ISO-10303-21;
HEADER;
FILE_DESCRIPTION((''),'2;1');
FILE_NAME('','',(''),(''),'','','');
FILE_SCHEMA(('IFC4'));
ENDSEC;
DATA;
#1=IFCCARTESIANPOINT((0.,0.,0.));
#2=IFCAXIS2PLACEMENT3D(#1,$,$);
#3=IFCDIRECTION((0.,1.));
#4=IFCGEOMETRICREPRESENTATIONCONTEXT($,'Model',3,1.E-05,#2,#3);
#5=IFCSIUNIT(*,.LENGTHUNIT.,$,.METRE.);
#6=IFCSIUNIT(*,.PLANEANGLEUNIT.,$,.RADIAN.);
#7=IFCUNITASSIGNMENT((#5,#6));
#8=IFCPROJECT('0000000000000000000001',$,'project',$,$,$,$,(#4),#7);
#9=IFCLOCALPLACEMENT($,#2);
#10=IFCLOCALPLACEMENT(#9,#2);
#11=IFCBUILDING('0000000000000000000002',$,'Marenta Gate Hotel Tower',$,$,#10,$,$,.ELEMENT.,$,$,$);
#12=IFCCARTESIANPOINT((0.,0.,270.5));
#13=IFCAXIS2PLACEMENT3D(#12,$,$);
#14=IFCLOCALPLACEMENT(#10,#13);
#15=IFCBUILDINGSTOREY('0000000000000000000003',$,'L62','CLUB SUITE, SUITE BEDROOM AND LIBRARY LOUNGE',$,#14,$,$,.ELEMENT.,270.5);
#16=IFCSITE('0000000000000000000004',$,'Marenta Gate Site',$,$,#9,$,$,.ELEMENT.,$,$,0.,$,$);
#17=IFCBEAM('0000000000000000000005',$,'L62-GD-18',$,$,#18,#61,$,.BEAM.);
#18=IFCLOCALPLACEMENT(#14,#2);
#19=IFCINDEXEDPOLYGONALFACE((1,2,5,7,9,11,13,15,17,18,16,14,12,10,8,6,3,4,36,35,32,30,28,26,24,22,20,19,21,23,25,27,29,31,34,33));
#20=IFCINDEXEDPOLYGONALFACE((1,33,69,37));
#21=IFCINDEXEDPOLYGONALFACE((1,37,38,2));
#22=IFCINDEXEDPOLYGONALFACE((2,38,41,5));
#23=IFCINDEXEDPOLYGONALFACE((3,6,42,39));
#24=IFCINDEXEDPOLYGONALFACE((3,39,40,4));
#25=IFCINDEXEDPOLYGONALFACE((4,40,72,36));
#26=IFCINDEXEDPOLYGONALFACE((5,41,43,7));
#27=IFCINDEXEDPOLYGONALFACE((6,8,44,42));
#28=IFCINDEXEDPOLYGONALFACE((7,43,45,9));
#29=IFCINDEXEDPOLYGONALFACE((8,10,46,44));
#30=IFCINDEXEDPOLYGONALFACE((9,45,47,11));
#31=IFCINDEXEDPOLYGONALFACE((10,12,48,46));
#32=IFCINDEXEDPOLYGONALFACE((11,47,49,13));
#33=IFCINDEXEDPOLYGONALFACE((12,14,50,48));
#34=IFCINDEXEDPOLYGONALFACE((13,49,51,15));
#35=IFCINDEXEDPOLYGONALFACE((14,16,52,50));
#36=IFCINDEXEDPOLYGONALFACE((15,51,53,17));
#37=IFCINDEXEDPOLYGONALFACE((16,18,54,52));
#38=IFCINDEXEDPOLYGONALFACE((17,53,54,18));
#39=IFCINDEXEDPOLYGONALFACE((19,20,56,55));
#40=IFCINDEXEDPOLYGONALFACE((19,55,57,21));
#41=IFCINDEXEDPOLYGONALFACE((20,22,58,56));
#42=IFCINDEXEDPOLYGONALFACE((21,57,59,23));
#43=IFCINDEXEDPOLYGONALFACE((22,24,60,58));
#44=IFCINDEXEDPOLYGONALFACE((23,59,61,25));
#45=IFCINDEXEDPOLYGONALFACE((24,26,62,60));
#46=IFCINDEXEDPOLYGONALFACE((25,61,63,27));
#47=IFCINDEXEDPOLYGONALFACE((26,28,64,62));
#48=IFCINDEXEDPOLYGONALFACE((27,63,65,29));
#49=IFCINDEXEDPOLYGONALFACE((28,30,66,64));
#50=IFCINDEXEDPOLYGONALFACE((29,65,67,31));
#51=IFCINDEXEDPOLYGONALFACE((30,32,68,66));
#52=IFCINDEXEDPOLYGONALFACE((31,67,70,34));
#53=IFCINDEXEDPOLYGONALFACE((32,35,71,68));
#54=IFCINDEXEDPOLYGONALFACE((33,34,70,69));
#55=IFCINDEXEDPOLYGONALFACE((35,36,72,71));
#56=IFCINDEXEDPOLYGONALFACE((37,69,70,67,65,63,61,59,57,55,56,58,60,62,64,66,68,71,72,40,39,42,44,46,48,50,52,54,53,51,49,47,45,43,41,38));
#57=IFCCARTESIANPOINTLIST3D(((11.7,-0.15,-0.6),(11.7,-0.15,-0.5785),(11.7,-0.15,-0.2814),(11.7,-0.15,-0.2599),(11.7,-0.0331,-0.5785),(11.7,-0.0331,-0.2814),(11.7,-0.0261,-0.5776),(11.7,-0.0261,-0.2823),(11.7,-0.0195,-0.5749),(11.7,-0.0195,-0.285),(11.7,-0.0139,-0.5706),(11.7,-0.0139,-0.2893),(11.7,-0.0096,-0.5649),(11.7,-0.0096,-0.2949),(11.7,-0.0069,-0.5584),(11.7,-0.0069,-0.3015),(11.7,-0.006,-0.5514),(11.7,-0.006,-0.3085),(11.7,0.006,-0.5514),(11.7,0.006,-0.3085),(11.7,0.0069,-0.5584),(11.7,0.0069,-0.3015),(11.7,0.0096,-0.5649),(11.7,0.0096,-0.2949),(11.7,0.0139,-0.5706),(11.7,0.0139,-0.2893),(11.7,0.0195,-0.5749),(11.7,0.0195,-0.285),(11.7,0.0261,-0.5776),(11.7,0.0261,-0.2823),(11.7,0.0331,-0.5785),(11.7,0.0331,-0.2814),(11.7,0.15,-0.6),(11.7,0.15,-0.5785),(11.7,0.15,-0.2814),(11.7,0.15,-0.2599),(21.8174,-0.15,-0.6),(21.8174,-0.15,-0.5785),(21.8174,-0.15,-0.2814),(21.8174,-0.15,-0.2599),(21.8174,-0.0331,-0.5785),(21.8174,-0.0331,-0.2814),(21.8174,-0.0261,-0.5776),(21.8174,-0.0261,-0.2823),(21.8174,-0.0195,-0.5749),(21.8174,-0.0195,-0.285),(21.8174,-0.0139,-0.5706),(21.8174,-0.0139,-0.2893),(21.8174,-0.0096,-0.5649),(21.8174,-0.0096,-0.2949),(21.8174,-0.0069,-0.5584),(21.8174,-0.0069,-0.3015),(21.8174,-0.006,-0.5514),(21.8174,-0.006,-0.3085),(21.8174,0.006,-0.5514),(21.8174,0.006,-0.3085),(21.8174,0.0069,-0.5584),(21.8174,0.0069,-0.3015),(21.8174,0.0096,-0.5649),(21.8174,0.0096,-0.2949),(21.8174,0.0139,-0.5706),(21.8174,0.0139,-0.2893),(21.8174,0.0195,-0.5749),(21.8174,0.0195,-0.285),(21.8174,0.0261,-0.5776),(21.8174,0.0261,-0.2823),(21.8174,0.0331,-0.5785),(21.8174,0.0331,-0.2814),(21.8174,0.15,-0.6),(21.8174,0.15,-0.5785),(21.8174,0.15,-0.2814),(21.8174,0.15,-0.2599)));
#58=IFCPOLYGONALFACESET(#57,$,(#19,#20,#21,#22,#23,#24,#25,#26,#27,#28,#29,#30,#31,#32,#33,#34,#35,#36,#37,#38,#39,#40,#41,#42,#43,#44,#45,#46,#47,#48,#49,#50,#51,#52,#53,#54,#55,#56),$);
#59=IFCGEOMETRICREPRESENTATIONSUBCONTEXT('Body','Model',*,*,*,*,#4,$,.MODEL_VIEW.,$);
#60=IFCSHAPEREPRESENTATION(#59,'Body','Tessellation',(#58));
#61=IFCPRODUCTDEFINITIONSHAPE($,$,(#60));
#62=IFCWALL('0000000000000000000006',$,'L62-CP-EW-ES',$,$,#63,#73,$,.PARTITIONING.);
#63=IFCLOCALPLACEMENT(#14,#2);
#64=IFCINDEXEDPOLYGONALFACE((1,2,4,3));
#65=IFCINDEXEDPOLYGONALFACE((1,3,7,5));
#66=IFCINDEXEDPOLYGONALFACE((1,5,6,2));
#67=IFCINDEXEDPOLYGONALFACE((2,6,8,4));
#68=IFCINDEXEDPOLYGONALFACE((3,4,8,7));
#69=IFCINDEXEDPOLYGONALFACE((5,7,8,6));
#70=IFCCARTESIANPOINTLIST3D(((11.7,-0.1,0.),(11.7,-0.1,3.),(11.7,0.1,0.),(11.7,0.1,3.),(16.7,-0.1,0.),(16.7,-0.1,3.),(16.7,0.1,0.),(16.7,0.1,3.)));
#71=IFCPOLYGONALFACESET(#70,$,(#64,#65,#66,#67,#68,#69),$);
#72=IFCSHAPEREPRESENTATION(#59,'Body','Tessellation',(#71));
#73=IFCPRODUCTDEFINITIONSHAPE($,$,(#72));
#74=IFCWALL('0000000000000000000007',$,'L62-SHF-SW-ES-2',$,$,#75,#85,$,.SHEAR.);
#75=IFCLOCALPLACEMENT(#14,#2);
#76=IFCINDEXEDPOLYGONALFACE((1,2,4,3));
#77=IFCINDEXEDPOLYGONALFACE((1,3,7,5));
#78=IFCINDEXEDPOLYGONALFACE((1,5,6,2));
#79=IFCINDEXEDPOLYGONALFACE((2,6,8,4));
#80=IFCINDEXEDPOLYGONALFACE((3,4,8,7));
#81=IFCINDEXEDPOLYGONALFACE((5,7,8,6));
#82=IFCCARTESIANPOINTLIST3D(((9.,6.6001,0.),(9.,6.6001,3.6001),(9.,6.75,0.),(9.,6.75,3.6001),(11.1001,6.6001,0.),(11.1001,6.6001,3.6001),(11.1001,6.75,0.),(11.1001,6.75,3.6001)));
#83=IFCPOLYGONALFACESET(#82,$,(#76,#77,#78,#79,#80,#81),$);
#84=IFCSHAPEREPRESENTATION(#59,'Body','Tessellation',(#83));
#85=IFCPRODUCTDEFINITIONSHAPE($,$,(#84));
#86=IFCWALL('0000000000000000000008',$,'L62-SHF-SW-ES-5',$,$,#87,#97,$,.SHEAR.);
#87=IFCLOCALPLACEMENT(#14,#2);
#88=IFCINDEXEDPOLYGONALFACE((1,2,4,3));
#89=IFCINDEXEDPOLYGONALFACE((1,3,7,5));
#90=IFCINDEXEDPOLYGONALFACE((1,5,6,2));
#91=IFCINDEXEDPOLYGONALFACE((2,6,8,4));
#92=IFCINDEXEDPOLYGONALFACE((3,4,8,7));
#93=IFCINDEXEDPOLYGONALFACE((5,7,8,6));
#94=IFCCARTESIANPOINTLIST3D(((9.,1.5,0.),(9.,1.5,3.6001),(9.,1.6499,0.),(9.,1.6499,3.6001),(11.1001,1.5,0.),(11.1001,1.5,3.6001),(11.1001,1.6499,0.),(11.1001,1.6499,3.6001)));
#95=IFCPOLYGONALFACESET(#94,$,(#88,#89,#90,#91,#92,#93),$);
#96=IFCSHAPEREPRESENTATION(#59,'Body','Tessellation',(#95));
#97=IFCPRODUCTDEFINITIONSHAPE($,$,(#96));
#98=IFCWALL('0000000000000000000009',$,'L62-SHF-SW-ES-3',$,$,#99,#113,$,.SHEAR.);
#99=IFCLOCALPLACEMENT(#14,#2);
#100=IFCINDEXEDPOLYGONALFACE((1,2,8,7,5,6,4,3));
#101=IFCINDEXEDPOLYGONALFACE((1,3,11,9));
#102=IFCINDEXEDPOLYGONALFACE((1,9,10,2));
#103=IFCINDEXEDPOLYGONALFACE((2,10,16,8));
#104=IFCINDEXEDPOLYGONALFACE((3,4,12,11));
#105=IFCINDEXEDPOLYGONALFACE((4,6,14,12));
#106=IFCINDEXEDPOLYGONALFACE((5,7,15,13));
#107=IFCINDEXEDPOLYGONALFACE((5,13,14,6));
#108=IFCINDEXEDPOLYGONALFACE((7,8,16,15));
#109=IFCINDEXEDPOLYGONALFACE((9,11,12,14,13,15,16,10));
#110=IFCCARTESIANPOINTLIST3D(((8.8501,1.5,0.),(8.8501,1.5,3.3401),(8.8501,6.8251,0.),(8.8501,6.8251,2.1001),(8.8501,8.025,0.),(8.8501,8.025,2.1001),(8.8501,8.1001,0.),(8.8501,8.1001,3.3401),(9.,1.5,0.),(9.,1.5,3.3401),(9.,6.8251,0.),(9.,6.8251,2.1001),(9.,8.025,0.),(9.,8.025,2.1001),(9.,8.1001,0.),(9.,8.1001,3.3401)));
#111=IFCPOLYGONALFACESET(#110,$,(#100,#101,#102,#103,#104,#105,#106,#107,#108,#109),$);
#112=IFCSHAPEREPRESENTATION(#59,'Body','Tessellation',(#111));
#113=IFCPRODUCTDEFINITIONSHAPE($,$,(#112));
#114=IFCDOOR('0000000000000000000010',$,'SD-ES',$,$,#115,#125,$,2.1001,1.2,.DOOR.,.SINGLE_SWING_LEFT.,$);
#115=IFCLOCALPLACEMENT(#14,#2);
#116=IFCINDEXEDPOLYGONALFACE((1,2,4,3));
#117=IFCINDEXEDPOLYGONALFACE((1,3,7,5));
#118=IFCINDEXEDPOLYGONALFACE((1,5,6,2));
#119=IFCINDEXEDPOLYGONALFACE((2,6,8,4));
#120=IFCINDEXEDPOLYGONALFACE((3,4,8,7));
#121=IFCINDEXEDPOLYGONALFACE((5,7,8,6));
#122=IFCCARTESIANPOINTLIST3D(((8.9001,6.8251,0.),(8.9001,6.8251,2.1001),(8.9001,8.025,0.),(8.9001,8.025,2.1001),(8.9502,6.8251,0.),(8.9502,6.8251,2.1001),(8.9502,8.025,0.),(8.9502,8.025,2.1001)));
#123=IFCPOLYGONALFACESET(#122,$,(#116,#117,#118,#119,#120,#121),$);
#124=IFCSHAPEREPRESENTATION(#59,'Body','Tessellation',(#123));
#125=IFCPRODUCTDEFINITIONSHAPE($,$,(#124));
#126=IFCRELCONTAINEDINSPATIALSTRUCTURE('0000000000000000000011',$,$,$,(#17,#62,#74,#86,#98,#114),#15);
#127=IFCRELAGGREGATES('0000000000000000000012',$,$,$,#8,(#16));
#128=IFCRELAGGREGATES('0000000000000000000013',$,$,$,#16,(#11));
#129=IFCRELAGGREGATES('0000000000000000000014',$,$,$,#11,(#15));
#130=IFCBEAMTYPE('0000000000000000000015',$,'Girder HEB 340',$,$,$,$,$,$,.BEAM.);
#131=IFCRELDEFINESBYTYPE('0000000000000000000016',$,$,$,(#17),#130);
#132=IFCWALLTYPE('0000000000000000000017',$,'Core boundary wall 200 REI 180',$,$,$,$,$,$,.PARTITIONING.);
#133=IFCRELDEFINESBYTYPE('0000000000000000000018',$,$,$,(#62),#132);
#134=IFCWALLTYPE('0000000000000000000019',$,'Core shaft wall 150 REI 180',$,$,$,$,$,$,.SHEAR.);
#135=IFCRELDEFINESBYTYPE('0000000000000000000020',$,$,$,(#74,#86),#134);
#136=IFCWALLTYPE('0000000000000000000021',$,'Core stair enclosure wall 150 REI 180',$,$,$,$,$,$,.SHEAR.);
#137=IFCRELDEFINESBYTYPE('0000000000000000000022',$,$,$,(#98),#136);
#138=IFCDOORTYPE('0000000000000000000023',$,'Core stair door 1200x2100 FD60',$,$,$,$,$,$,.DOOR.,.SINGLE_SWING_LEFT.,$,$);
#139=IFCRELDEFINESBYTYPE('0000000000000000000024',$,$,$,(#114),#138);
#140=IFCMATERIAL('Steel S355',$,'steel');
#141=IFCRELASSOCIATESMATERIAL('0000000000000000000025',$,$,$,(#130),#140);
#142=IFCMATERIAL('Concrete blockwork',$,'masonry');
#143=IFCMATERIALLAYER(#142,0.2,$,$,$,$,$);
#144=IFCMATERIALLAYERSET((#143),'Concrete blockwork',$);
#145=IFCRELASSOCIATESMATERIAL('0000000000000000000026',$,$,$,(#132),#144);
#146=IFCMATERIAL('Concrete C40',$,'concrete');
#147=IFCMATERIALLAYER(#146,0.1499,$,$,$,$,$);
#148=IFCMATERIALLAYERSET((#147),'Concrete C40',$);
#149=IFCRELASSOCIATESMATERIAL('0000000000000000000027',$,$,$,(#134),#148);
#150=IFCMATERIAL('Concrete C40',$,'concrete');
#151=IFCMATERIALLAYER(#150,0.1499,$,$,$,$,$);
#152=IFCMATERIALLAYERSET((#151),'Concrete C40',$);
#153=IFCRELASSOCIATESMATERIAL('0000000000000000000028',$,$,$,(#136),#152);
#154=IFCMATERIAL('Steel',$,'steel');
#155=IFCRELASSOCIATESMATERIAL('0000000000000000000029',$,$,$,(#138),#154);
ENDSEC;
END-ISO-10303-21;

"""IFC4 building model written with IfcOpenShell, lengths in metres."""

from ifc_helpers import new_model, si_unit, direction, frame, frame_2d, origin, origin_2d, place, context, subcontext, project, spatial, rectangle, i_section, extrude, material, layer, layer_set, material_profile, profile_set, type_object, element, fill, save


model = new_model("IFC4")

# Units and contexts
model_context = context("Model", 3, precision=1e-05, world=origin(), true_north=direction((0.0, 1.0)))
body_context = subcontext(model_context, "Body", "Model", "MODEL_VIEW")
ifc_project = project(units=[si_unit("LENGTHUNIT", "METRE"), si_unit("PLANEANGLEUNIT", "RADIAN")], contexts=[model_context])

# Site, building, storey
site_placement = place(None, origin())
site = spatial("IfcSite", under=ifc_project, at=site_placement, Name="Marenta Gate Site", CompositionType="ELEMENT", RefElevation=0.0)
building_placement = place(site_placement, origin())
building = spatial("IfcBuilding", under=site, at=building_placement, Name="Marenta Gate Hotel Tower", CompositionType="ELEMENT")
storey_placement = place(building_placement, frame((0.0, 0.0, 270.5)))
storey = spatial("IfcBuildingStorey", under=building, at=storey_placement, Name="L62", Description="CLUB SUITE, SUITE BEDROOM AND LIBRARY LOUNGE", CompositionType="ELEMENT", Elevation=270.5)

# Beam
ifc_material_1 = material(Name="Steel S355", Category="steel")
ifc_material_profile_1 = material_profile(ifc_material_1, i_section(OverallWidth=0.3, OverallDepth=0.3401, WebThickness=0.012, FlangeThickness=0.0215, FilletRadius=0.0271, at=origin_2d()), Name="HEB 340")
ifc_profile_set_1 = profile_set([ifc_material_profile_1], Name="Steel S355")
beam_type_1 = type_object("IfcBeamType", Name="Girder HEB 340", PredefinedType="BEAM", material=ifc_profile_set_1)
beam_1_placement = place(storey_placement, frame((11.7, 0.0, -0.4299), z_axis=(1.0, 0.0, 0.0), x_axis=(0.0, 1.0, 0.0)))
element("IfcBeam", 1, at=beam_1_placement, inside=storey, type_object=beam_type_1, Name="L62-GD-18", PredefinedType="BEAM", context=body_context, shape_type="SweptSolid", body=[
    extrude(i_section(OverallWidth=0.3, OverallDepth=0.3401, WebThickness=0.012, FlangeThickness=0.0215, FilletRadius=0.0271, at=origin_2d()), origin(), (0.0, 0.0, 1.0), 10.1174),
])

# Shared definitions
ifc_material_2 = material(Name="Concrete blockwork", Category="masonry")
ifc_layer_1 = layer(ifc_material_2, 0.2)
ifc_layer_set_1 = layer_set([ifc_layer_1], Name="Concrete blockwork")
wall_type_1 = type_object("IfcWallType", Name="Core boundary wall 200 REI 180", PredefinedType="PARTITIONING", material=ifc_layer_set_1)

# Walls
wall_1_placement = place(storey_placement, frame((11.7, 0.0, 0.0), z_axis=(0.0, 0.0, 1.0), x_axis=(1.0, 0.0, 0.0)))
element("IfcWall", 2, at=wall_1_placement, inside=storey, type_object=wall_type_1, Name="L62-CP-EW-ES", PredefinedType="PARTITIONING", context=body_context, shape_type="SweptSolid", body=[
    extrude(rectangle(XDim=5.0, YDim=0.2, at=frame_2d((2.5, 0.0))), origin(), (0.0, 0.0, 1.0), 3.0),
])
ifc_material_3 = material(Name="Concrete C40", Category="concrete")
ifc_layer_2 = layer(ifc_material_3, 0.1499)
ifc_layer_set_2 = layer_set([ifc_layer_2], Name="Concrete C40")
wall_type_2 = type_object("IfcWallType", Name="Core shaft wall 150 REI 180", PredefinedType="SHEAR", material=ifc_layer_set_2)
for number, where, z_axis, x_axis, name in (
    (3, (9.0, 6.675, 0.0), (0.0, 0.0, 1.0), (1.0, 0.0, 0.0), "L62-SHF-SW-ES-2"),
    (4, (9.0, 1.575, 0.0), (0.0, 0.0, 1.0), (1.0, 0.0, 0.0), "L62-SHF-SW-ES-5"),
):
    element("IfcWall", number, at=place(storey_placement, frame(where, z_axis=z_axis, x_axis=x_axis)), inside=storey, type_object=wall_type_2, Name=name, PredefinedType="SHEAR", context=body_context, shape_type="SweptSolid", body=[
        extrude(rectangle(XDim=2.1001, YDim=0.1499, at=frame_2d((1.05, 0.0))), origin(), (0.0, 0.0, 1.0), 3.6001),
    ])

# Wall, opening, door
ifc_material_4 = material(Name="Concrete C40", Category="concrete")
ifc_layer_3 = layer(ifc_material_4, 0.1499)
ifc_layer_set_3 = layer_set([ifc_layer_3], Name="Concrete C40")
wall_type_3 = type_object("IfcWallType", Name="Core stair enclosure wall 150 REI 180", PredefinedType="SHEAR", material=ifc_layer_set_3)
wall_2_placement = place(storey_placement, frame((8.925, 1.5, 0.0), z_axis=(0.0, 0.0, 1.0), x_axis=(0.0, 1.0, 0.0)))
wall_2 = element("IfcWall", 5, at=wall_2_placement, inside=storey, type_object=wall_type_3, Name="L62-SHF-SW-ES-3", PredefinedType="SHEAR", context=body_context, shape_type="SweptSolid", body=[
    extrude(rectangle(XDim=6.6001, YDim=0.1499, at=frame_2d((3.3, 0.0))), origin(), (0.0, 0.0, 1.0), 3.3401),
])
opening_1_placement = place(wall_2_placement, frame((5.325, 0.0, 0.0)))
opening_1 = element("IfcOpeningElement", 6, at=opening_1_placement, cuts=wall_2, PredefinedType="OPENING", context=body_context, shape_type="SweptSolid", body=[
    extrude(rectangle(XDim=1.2, YDim=2.1001, at=frame_2d((0.6001, 1.05))), frame((0.0, 0.075, 0.0), z_axis=(0.0, -1.0, 0.0), x_axis=(1.0, 0.0, 0.0)), (0.0, 0.0, 1.0), 0.1499),
])
ifc_material_5 = material(Name="Steel", Category="steel")
door_type_1 = type_object("IfcDoorType", Name="Core stair door 1200x2100 FD60", OperationType="SINGLE_SWING_LEFT", PredefinedType="DOOR", material=ifc_material_5)
door_1_placement = place(opening_1_placement, origin())
door_1 = element("IfcDoor", 7, at=door_1_placement, inside=storey, type_object=door_type_1, Name="SD-ES", OperationType="SINGLE_SWING_LEFT", OverallHeight=2.1001, OverallWidth=1.2, PredefinedType="DOOR", context=body_context, shape_type="SweptSolid", body=[
    extrude(rectangle(XDim=1.2, YDim=2.1001, at=frame_2d((0.6001, 1.05))), frame((0.0, 0.0249, 0.0), z_axis=(0.0, -1.0, 0.0), x_axis=(1.0, 0.0, 0.0)), (0.0, 0.0, 1.0), 0.05),
])
fill(opening_1, door_1)

save(model, "model.ifc")
